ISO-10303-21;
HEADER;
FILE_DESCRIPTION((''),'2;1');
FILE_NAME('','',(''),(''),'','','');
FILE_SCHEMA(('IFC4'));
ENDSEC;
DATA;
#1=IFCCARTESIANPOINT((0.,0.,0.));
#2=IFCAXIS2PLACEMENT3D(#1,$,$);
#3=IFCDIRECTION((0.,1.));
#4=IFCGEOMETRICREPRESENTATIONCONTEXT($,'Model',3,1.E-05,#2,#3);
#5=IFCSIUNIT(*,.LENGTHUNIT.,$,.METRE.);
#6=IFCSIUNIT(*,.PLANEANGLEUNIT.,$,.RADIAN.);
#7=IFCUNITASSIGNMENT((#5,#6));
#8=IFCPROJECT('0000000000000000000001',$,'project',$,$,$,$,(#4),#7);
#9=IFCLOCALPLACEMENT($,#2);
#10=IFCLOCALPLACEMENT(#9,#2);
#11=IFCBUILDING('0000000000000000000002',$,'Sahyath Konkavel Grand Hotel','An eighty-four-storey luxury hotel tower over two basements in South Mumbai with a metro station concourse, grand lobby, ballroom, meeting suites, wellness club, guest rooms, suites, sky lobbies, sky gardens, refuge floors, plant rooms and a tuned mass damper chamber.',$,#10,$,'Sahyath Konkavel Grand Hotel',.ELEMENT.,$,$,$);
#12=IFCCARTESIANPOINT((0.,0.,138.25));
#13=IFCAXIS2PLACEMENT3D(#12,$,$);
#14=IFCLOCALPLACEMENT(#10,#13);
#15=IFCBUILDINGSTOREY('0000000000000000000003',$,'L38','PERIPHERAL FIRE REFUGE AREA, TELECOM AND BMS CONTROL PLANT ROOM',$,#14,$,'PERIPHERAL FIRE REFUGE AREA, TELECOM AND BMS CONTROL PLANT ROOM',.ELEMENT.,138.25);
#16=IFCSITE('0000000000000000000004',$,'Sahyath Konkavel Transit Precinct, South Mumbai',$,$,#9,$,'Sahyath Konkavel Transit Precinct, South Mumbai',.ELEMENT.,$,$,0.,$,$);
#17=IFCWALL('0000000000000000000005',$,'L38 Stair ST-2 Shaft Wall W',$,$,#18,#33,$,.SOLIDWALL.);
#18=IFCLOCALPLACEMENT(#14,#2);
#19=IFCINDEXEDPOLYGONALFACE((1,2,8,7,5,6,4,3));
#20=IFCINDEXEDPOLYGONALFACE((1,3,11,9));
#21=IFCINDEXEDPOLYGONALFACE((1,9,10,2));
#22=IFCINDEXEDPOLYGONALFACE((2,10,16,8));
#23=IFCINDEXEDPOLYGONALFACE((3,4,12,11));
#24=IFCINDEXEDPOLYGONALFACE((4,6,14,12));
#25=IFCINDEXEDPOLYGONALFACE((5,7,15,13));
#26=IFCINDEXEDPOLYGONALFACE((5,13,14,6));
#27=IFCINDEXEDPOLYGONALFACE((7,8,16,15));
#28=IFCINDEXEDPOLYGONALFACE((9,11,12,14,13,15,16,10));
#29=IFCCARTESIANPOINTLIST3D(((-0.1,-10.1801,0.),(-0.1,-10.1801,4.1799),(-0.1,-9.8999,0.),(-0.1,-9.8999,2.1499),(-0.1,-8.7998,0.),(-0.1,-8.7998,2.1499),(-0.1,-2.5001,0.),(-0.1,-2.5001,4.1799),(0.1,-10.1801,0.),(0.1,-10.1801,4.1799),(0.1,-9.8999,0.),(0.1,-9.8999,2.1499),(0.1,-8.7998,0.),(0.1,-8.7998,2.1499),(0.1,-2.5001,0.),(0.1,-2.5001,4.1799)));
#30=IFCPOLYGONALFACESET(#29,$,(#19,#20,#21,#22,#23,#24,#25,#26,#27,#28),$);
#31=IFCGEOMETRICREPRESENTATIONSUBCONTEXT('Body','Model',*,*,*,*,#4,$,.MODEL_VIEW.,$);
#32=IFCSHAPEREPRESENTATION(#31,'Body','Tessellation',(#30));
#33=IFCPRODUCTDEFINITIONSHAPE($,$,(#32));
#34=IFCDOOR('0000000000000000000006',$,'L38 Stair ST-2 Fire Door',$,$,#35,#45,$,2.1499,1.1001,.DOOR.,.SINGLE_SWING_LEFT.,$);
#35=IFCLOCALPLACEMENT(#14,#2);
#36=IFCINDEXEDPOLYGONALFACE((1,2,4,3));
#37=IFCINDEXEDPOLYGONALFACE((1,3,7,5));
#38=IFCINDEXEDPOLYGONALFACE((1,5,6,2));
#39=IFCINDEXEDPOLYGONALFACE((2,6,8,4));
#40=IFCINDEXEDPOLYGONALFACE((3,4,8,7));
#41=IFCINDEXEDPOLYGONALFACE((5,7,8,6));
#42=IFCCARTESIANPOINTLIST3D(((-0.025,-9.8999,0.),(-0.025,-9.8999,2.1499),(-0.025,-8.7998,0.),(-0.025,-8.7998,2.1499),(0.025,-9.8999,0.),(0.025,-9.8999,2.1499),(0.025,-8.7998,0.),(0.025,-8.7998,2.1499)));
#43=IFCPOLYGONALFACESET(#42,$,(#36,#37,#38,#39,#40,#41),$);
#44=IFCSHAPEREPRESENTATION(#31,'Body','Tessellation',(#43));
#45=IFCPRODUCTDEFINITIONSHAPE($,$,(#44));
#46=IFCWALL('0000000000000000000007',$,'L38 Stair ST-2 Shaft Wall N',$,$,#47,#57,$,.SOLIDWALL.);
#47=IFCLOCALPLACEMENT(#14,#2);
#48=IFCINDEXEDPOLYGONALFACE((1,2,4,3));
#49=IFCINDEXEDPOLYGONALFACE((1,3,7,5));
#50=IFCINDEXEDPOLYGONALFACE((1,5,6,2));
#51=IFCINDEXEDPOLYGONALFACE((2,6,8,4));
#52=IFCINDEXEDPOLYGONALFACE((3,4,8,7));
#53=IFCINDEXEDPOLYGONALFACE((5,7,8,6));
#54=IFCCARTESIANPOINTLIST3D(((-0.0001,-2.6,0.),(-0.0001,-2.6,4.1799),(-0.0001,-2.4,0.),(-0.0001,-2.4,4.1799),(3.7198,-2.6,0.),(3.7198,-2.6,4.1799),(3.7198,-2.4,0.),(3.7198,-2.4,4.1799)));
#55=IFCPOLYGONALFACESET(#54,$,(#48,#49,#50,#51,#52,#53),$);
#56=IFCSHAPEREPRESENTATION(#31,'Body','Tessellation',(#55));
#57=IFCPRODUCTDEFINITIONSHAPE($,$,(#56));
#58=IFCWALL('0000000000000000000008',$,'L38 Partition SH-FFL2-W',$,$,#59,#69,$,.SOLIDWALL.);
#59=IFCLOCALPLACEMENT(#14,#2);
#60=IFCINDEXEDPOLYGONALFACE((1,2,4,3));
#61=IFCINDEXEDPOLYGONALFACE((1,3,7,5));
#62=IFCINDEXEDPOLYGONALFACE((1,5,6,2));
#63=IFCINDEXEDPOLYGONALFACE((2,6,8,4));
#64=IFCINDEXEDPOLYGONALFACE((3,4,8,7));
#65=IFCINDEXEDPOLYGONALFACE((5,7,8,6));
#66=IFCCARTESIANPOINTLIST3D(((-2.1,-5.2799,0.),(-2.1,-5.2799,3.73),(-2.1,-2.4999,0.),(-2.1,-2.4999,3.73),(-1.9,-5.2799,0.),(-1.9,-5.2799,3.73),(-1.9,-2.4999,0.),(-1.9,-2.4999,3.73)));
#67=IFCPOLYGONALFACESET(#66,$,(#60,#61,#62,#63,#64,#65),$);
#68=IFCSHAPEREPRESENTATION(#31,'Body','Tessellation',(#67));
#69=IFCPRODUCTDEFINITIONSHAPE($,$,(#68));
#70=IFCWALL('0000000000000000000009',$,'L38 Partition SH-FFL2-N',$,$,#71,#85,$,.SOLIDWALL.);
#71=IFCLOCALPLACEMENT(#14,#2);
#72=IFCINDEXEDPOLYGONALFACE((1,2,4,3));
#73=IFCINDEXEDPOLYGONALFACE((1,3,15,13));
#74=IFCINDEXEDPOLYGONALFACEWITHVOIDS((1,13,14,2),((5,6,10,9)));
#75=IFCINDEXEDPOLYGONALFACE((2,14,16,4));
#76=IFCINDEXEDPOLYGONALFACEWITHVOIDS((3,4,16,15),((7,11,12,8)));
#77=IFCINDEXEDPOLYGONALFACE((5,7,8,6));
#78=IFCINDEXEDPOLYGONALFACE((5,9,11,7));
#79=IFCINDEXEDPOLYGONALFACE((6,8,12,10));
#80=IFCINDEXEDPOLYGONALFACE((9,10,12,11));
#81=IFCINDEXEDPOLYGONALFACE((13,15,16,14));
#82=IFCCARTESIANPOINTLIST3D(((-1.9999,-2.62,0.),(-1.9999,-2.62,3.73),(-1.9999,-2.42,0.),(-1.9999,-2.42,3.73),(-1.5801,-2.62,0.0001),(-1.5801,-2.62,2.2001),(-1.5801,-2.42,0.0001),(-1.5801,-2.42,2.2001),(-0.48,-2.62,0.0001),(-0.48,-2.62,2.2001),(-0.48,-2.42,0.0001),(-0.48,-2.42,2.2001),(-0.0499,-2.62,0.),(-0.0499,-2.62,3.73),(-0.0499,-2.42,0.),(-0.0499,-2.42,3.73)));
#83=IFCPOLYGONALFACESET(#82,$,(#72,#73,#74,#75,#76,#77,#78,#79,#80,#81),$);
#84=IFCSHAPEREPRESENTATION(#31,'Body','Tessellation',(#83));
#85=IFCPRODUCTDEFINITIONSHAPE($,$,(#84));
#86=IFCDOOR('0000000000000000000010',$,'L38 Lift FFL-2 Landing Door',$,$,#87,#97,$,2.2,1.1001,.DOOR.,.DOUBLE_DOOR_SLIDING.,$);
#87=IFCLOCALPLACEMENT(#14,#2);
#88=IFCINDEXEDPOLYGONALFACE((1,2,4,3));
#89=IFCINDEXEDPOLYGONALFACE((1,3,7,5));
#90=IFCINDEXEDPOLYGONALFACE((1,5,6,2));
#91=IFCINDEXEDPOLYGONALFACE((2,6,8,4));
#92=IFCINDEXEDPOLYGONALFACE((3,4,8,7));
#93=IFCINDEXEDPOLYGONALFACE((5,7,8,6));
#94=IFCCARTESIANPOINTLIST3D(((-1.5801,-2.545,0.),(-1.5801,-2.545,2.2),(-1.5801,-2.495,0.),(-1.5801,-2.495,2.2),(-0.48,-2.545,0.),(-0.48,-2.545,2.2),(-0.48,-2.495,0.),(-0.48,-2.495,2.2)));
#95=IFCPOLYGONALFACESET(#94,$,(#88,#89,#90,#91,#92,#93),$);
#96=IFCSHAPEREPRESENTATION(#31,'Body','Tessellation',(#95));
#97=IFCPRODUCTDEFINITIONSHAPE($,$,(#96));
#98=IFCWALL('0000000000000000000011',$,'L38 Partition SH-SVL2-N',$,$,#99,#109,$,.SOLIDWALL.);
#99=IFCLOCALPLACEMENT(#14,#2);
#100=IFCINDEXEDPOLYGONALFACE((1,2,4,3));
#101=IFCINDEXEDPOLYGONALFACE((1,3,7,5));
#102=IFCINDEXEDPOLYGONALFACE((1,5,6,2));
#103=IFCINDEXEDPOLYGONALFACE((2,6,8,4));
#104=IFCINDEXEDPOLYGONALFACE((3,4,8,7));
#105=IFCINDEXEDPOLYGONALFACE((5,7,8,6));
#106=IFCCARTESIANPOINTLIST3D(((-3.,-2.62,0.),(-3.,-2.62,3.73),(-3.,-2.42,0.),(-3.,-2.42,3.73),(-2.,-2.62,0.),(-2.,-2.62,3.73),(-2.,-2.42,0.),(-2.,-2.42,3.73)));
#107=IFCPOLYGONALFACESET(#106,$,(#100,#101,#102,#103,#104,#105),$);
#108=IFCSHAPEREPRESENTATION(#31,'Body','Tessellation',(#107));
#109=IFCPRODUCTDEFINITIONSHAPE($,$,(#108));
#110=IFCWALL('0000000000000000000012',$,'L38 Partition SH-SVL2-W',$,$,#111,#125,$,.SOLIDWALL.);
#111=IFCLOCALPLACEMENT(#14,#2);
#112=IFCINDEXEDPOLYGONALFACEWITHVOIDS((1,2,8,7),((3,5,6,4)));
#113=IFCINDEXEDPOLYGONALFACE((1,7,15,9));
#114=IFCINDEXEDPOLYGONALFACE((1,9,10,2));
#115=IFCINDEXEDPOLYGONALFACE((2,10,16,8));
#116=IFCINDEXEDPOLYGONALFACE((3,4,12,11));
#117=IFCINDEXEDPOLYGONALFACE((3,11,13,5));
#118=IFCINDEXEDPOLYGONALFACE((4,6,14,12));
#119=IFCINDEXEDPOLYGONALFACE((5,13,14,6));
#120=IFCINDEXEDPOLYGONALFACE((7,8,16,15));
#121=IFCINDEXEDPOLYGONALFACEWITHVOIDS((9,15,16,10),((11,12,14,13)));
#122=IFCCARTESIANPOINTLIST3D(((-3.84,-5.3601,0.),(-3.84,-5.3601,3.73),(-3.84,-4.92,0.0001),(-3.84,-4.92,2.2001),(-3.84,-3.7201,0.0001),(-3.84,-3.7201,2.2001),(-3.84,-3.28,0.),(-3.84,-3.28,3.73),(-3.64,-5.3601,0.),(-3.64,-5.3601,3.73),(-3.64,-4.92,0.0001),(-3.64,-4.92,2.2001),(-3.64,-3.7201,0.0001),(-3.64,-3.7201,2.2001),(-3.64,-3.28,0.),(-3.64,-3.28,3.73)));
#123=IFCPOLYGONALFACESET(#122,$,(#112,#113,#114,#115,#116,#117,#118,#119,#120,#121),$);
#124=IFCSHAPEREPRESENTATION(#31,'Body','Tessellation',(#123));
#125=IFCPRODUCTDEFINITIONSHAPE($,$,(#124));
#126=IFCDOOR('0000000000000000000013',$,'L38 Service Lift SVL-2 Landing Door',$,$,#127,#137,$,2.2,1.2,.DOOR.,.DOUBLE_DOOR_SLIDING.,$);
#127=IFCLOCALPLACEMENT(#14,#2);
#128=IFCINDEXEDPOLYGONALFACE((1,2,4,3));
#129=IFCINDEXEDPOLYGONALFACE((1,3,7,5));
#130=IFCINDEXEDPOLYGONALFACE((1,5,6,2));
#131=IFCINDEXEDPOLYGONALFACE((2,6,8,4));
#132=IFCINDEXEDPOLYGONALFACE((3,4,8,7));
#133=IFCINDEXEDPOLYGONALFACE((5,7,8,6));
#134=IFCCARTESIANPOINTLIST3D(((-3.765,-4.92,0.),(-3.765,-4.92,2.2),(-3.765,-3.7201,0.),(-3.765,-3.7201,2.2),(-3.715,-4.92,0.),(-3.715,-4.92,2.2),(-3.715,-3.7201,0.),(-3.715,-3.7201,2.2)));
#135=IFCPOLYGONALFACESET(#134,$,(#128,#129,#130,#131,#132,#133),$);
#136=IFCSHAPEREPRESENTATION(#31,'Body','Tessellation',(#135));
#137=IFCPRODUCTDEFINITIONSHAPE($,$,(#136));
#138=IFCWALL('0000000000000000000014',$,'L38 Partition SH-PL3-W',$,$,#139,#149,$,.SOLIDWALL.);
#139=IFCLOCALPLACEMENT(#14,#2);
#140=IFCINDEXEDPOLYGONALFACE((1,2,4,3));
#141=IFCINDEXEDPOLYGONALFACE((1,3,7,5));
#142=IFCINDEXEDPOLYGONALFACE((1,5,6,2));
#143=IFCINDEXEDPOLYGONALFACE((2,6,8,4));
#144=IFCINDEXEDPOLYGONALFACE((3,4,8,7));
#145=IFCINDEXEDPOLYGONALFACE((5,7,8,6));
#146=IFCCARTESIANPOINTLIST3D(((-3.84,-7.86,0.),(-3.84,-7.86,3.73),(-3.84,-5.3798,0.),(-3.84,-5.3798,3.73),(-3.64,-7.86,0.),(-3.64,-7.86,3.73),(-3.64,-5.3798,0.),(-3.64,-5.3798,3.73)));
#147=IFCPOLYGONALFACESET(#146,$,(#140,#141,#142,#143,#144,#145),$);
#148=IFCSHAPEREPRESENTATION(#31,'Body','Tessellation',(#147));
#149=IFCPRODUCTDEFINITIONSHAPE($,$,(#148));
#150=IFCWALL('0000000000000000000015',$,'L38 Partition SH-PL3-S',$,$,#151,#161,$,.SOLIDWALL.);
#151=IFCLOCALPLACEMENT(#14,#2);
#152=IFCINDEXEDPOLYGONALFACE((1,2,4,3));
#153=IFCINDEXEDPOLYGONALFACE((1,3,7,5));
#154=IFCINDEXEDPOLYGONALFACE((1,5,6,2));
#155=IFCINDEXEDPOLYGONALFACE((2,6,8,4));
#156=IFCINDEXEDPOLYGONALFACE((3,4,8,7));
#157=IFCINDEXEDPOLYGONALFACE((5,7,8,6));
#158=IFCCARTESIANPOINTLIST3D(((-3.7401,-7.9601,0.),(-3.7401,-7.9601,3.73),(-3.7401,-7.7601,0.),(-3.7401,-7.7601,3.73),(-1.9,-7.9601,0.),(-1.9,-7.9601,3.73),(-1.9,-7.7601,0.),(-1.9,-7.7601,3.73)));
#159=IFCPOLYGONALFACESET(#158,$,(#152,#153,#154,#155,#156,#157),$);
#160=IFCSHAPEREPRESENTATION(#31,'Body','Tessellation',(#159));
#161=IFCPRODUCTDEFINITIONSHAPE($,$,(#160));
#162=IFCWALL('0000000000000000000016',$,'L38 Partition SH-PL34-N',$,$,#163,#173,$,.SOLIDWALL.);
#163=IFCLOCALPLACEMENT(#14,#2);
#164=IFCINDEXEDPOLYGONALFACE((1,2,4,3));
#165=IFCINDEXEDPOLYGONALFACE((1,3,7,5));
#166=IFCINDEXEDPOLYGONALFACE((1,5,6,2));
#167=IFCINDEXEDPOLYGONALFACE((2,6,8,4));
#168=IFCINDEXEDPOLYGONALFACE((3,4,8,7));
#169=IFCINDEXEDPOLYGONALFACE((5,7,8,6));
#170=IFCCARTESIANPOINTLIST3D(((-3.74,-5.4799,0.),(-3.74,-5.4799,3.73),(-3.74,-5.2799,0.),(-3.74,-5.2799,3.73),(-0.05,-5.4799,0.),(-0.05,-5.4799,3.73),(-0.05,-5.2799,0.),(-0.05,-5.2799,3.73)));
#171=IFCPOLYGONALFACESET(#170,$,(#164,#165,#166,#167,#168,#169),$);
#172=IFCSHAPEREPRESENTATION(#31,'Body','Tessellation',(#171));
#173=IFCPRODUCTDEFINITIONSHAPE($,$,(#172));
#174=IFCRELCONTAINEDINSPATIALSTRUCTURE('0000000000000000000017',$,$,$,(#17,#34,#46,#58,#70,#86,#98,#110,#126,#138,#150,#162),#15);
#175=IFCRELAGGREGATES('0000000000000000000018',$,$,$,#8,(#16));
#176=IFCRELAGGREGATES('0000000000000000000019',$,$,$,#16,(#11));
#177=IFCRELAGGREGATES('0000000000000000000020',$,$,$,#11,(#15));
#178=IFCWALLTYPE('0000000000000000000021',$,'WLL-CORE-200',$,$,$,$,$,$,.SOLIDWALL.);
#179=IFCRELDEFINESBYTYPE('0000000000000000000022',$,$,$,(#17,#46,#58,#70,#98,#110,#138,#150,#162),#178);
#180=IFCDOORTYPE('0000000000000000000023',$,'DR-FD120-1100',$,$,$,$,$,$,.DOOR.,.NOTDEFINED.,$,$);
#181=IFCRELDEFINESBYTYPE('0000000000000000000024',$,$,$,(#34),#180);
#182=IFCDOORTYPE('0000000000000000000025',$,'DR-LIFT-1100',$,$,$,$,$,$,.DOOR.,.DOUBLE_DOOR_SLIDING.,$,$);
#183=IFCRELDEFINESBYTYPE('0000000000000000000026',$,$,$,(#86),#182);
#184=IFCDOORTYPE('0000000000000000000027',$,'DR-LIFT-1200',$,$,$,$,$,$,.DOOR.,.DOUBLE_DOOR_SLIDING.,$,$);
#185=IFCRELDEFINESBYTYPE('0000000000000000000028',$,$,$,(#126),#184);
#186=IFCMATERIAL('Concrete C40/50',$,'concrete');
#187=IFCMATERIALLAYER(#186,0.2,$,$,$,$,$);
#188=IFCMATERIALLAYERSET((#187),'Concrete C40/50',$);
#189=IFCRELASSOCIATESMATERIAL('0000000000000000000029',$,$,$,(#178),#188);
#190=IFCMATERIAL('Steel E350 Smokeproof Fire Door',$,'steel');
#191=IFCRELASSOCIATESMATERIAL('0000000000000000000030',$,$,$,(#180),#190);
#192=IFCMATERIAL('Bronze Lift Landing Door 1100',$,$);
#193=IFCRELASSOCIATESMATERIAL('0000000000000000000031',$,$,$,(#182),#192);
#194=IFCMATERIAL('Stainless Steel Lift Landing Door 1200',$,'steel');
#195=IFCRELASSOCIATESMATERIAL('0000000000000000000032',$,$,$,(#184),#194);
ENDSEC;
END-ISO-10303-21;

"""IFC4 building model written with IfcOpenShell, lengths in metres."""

from ifc_helpers import new_model, si_unit, direction, frame, frame_2d, origin, origin_2d, place, context, subcontext, project, spatial, rectangle, extrude, source, transform, mapped, material, layer, layer_set, type_object, element, fill, save


model = new_model("IFC4")

# Units and contexts
model_context = context("Model", 3, precision=1e-05, world=origin(), true_north=direction((0.0, 1.0)))
body_context = subcontext(model_context, "Body", "Model", "MODEL_VIEW")
ifc_project = project(units=[si_unit("LENGTHUNIT", "METRE"), si_unit("PLANEANGLEUNIT", "RADIAN")], contexts=[model_context])

# Site, building, storey
site_placement = place(None, origin())
site = spatial("IfcSite", under=ifc_project, at=site_placement, Name="Sahyath Konkavel Transit Precinct, South Mumbai", LongName="Sahyath Konkavel Transit Precinct, South Mumbai", CompositionType="ELEMENT", RefElevation=0.0)
building_placement = place(site_placement, origin())
building = spatial("IfcBuilding", under=site, at=building_placement, Name="Sahyath Konkavel Grand Hotel", Description="An eighty-four-storey luxury hotel tower over two basements in South Mumbai with a metro station concourse, grand lobby, ballroom, meeting suites, wellness club, guest rooms, suites, sky lobbies, sky gardens, refuge floors, plant rooms and a tuned mass damper chamber.", LongName="Sahyath Konkavel Grand Hotel", CompositionType="ELEMENT")
storey_placement = place(building_placement, frame((0.0, 0.0, 138.25)))
storey = spatial("IfcBuildingStorey", under=building, at=storey_placement, Name="L38", Description="PERIPHERAL FIRE REFUGE AREA, TELECOM AND BMS CONTROL PLANT ROOM", LongName="PERIPHERAL FIRE REFUGE AREA, TELECOM AND BMS CONTROL PLANT ROOM", CompositionType="ELEMENT", Elevation=138.25)

# Wall, opening, door
ifc_material_1 = material(Name="Concrete C40/50", Category="concrete")
ifc_layer_1 = layer(ifc_material_1, 0.2)
ifc_layer_set_1 = layer_set([ifc_layer_1], Name="Concrete C40/50")
wall_type_1 = type_object("IfcWallType", Name="WLL-CORE-200", PredefinedType="SOLIDWALL", material=ifc_layer_set_1)
wall_1_placement = place(storey_placement, frame((0.0, -10.1799, 0.0), z_axis=(0.0, 0.0, 1.0), x_axis=(0.0, 1.0, 0.0)))
wall_1 = element("IfcWall", 1, at=wall_1_placement, inside=storey, type_object=wall_type_1, Name="L38 Stair ST-2 Shaft Wall W", PredefinedType="SOLIDWALL", context=body_context, shape_type="SweptSolid", body=[
    extrude(rectangle(XDim=7.6799, YDim=0.2, at=frame_2d((3.8398, 0.0))), origin(), (0.0, 0.0, 1.0), 4.1799),
])
opening_1_placement = place(wall_1_placement, frame((0.28, 0.0, 0.0)))
opening_1 = element("IfcOpeningElement", 2, at=opening_1_placement, cuts=wall_1, PredefinedType="OPENING", context=body_context, shape_type="SweptSolid", body=[
    extrude(rectangle(XDim=1.1001, YDim=2.1499, at=frame_2d((0.55, 1.075))), frame((0.0, 0.1099, 0.0), z_axis=(0.0, -1.0, 0.0), x_axis=(1.0, 0.0, 0.0)), (0.0, 0.0, 1.0), 0.22),
])
ifc_material_2 = material(Name="Steel E350 Smokeproof Fire Door", Category="steel")
door_type_1 = type_object("IfcDoorType", Name="DR-FD120-1100", OperationType="NOTDEFINED", PredefinedType="DOOR", material=ifc_material_2)
shared_shape_1 = source(origin(), body_context, "Body", "SweptSolid", [
    extrude(rectangle(XDim=1.1001, YDim=0.05, at=origin_2d()), origin(), (0.0, 0.0, 1.0), 2.1499),
])
door_1_placement = place(opening_1_placement, frame((0.55, 0.0, 0.0)))
door_1 = element("IfcDoor", 3, at=door_1_placement, inside=storey, type_object=door_type_1, Name="L38 Stair ST-2 Fire Door", OperationType="SINGLE_SWING_LEFT", OverallHeight=2.1499, OverallWidth=1.1001, PredefinedType="DOOR", context=body_context, shape_type="MappedRepresentation", body=[
    mapped(shared_shape_1, transform((0.0, 0.0, 0.0), scale=1.0)),
])
fill(opening_1, door_1)

# Walls
wall_2_placement = place(storey_placement, frame((0.0, -2.5, 0.0), z_axis=(0.0, 0.0, 1.0), x_axis=(1.0, 0.0, 0.0)))
element("IfcWall", 4, at=wall_2_placement, inside=storey, type_object=wall_type_1, Name="L38 Stair ST-2 Shaft Wall N", PredefinedType="SOLIDWALL", context=body_context, shape_type="SweptSolid", body=[
    extrude(rectangle(XDim=3.72, YDim=0.2, at=frame_2d((1.8599, 0.0))), origin(), (0.0, 0.0, 1.0), 4.1799),
])
wall_3_placement = place(storey_placement, frame((-2.0, -5.28, 0.0), z_axis=(0.0, 0.0, 1.0), x_axis=(0.0, 1.0, 0.0)))
element("IfcWall", 5, at=wall_3_placement, inside=storey, type_object=wall_type_1, Name="L38 Partition SH-FFL2-W", PredefinedType="SOLIDWALL", context=body_context, shape_type="SweptSolid", body=[
    extrude(rectangle(XDim=2.78, YDim=0.2, at=frame_2d((1.3901, 0.0))), origin(), (0.0, 0.0, 1.0), 3.73),
])

# Wall, opening, door
wall_4_placement = place(storey_placement, frame((-2.0, -2.52, 0.0), z_axis=(0.0, 0.0, 1.0), x_axis=(1.0, 0.0, 0.0)))
wall_4 = element("IfcWall", 6, at=wall_4_placement, inside=storey, type_object=wall_type_1, Name="L38 Partition SH-FFL2-N", PredefinedType="SOLIDWALL", context=body_context, shape_type="SweptSolid", body=[
    extrude(rectangle(XDim=1.95, YDim=0.2, at=frame_2d((0.9751, 0.0))), origin(), (0.0, 0.0, 1.0), 3.73),
])
opening_2_placement = place(wall_4_placement, frame((0.4199, 0.0, 0.0)))
opening_2 = element("IfcOpeningElement", 7, at=opening_2_placement, cuts=wall_4, PredefinedType="OPENING", context=body_context, shape_type="SweptSolid", body=[
    extrude(rectangle(XDim=1.1001, YDim=2.2, at=frame_2d((0.55, 1.1001))), frame((0.0, 0.1099, 0.0), z_axis=(0.0, -1.0, 0.0), x_axis=(1.0, 0.0, 0.0)), (0.0, 0.0, 1.0), 0.22),
])
ifc_material_3 = material(Name="Bronze Lift Landing Door 1100")
door_type_2 = type_object("IfcDoorType", Name="DR-LIFT-1100", OperationType="DOUBLE_DOOR_SLIDING", PredefinedType="DOOR", material=ifc_material_3)
shared_shape_2 = source(origin(), body_context, "Body", "SweptSolid", [
    extrude(rectangle(XDim=1.1001, YDim=0.05, at=origin_2d()), origin(), (0.0, 0.0, 1.0), 2.2),
])
door_2_placement = place(opening_2_placement, frame((0.55, 0.0, 0.0)))
door_2 = element("IfcDoor", 8, at=door_2_placement, inside=storey, type_object=door_type_2, Name="L38 Lift FFL-2 Landing Door", OperationType="DOUBLE_DOOR_SLIDING", OverallHeight=2.2, OverallWidth=1.1001, PredefinedType="DOOR", context=body_context, shape_type="MappedRepresentation", body=[
    mapped(shared_shape_2, transform((0.0, 0.0, 0.0), scale=1.0)),
])
fill(opening_2, door_2)

# Wall
wall_5_placement = place(storey_placement, frame((-3.0, -2.52, 0.0), z_axis=(0.0, 0.0, 1.0), x_axis=(1.0, 0.0, 0.0)))
element("IfcWall", 9, at=wall_5_placement, inside=storey, type_object=wall_type_1, Name="L38 Partition SH-SVL2-N", PredefinedType="SOLIDWALL", context=body_context, shape_type="SweptSolid", body=[
    extrude(rectangle(XDim=1.0, YDim=0.2, at=frame_2d((0.5, 0.0))), origin(), (0.0, 0.0, 1.0), 3.73),
])

# Wall, opening, door
wall_6_placement = place(storey_placement, frame((-3.74, -5.3601, 0.0), z_axis=(0.0, 0.0, 1.0), x_axis=(0.0, 1.0, 0.0)))
wall_6 = element("IfcWall", 10, at=wall_6_placement, inside=storey, type_object=wall_type_1, Name="L38 Partition SH-SVL2-W", PredefinedType="SOLIDWALL", context=body_context, shape_type="SweptSolid", body=[
    extrude(rectangle(XDim=2.0801, YDim=0.2, at=frame_2d((1.04, 0.0))), origin(), (0.0, 0.0, 1.0), 3.73),
])
opening_3_placement = place(wall_6_placement, frame((0.4399, 0.0, 0.0)))
opening_3 = element("IfcOpeningElement", 11, at=opening_3_placement, cuts=wall_6, PredefinedType="OPENING", context=body_context, shape_type="SweptSolid", body=[
    extrude(rectangle(XDim=1.2, YDim=2.2, at=frame_2d((0.6001, 1.1001))), frame((0.0, 0.1099, 0.0), z_axis=(0.0, -1.0, 0.0), x_axis=(1.0, 0.0, 0.0)), (0.0, 0.0, 1.0), 0.22),
])
ifc_material_4 = material(Name="Stainless Steel Lift Landing Door 1200", Category="steel")
door_type_3 = type_object("IfcDoorType", Name="DR-LIFT-1200", OperationType="DOUBLE_DOOR_SLIDING", PredefinedType="DOOR", material=ifc_material_4)
shared_shape_3 = source(origin(), body_context, "Body", "SweptSolid", [
    extrude(rectangle(XDim=1.2, YDim=0.05, at=origin_2d()), origin(), (0.0, 0.0, 1.0), 2.2),
])
door_3_placement = place(opening_3_placement, frame((0.6001, 0.0, 0.0)))
door_3 = element("IfcDoor", 12, at=door_3_placement, inside=storey, type_object=door_type_3, Name="L38 Service Lift SVL-2 Landing Door", OperationType="DOUBLE_DOOR_SLIDING", OverallHeight=2.2, OverallWidth=1.2, PredefinedType="DOOR", context=body_context, shape_type="MappedRepresentation", body=[
    mapped(shared_shape_3, transform((0.0, 0.0, 0.0), scale=1.0)),
])
fill(opening_3, door_3)

# Walls
wall_7_placement = place(storey_placement, frame((-3.74, -7.8601, 0.0), z_axis=(0.0, 0.0, 1.0), x_axis=(0.0, 1.0, 0.0)))
element("IfcWall", 13, at=wall_7_placement, inside=storey, type_object=wall_type_1, Name="L38 Partition SH-PL3-W", PredefinedType="SOLIDWALL", context=body_context, shape_type="SweptSolid", body=[
    extrude(rectangle(XDim=2.4802, YDim=0.2, at=frame_2d((1.2402, 0.0))), origin(), (0.0, 0.0, 1.0), 3.73),
])
wall_8_placement = place(storey_placement, frame((-3.74, -7.8601, 0.0), z_axis=(0.0, 0.0, 1.0), x_axis=(1.0, 0.0, 0.0)))
element("IfcWall", 14, at=wall_8_placement, inside=storey, type_object=wall_type_1, Name="L38 Partition SH-PL3-S", PredefinedType="SOLIDWALL", context=body_context, shape_type="SweptSolid", body=[
    extrude(rectangle(XDim=1.8401, YDim=0.2, at=frame_2d((0.9199, 0.0))), origin(), (0.0, 0.0, 1.0), 3.73),
])
wall_9_placement = place(storey_placement, frame((-3.74, -5.3799, 0.0), z_axis=(0.0, 0.0, 1.0), x_axis=(1.0, 0.0, 0.0)))
element("IfcWall", 15, at=wall_9_placement, inside=storey, type_object=wall_type_1, Name="L38 Partition SH-PL34-N", PredefinedType="SOLIDWALL", context=body_context, shape_type="SweptSolid", body=[
    extrude(rectangle(XDim=3.6899, YDim=0.2, at=frame_2d((1.845, 0.0))), origin(), (0.0, 0.0, 1.0), 3.73),
])

save(model, "model.ifc")
